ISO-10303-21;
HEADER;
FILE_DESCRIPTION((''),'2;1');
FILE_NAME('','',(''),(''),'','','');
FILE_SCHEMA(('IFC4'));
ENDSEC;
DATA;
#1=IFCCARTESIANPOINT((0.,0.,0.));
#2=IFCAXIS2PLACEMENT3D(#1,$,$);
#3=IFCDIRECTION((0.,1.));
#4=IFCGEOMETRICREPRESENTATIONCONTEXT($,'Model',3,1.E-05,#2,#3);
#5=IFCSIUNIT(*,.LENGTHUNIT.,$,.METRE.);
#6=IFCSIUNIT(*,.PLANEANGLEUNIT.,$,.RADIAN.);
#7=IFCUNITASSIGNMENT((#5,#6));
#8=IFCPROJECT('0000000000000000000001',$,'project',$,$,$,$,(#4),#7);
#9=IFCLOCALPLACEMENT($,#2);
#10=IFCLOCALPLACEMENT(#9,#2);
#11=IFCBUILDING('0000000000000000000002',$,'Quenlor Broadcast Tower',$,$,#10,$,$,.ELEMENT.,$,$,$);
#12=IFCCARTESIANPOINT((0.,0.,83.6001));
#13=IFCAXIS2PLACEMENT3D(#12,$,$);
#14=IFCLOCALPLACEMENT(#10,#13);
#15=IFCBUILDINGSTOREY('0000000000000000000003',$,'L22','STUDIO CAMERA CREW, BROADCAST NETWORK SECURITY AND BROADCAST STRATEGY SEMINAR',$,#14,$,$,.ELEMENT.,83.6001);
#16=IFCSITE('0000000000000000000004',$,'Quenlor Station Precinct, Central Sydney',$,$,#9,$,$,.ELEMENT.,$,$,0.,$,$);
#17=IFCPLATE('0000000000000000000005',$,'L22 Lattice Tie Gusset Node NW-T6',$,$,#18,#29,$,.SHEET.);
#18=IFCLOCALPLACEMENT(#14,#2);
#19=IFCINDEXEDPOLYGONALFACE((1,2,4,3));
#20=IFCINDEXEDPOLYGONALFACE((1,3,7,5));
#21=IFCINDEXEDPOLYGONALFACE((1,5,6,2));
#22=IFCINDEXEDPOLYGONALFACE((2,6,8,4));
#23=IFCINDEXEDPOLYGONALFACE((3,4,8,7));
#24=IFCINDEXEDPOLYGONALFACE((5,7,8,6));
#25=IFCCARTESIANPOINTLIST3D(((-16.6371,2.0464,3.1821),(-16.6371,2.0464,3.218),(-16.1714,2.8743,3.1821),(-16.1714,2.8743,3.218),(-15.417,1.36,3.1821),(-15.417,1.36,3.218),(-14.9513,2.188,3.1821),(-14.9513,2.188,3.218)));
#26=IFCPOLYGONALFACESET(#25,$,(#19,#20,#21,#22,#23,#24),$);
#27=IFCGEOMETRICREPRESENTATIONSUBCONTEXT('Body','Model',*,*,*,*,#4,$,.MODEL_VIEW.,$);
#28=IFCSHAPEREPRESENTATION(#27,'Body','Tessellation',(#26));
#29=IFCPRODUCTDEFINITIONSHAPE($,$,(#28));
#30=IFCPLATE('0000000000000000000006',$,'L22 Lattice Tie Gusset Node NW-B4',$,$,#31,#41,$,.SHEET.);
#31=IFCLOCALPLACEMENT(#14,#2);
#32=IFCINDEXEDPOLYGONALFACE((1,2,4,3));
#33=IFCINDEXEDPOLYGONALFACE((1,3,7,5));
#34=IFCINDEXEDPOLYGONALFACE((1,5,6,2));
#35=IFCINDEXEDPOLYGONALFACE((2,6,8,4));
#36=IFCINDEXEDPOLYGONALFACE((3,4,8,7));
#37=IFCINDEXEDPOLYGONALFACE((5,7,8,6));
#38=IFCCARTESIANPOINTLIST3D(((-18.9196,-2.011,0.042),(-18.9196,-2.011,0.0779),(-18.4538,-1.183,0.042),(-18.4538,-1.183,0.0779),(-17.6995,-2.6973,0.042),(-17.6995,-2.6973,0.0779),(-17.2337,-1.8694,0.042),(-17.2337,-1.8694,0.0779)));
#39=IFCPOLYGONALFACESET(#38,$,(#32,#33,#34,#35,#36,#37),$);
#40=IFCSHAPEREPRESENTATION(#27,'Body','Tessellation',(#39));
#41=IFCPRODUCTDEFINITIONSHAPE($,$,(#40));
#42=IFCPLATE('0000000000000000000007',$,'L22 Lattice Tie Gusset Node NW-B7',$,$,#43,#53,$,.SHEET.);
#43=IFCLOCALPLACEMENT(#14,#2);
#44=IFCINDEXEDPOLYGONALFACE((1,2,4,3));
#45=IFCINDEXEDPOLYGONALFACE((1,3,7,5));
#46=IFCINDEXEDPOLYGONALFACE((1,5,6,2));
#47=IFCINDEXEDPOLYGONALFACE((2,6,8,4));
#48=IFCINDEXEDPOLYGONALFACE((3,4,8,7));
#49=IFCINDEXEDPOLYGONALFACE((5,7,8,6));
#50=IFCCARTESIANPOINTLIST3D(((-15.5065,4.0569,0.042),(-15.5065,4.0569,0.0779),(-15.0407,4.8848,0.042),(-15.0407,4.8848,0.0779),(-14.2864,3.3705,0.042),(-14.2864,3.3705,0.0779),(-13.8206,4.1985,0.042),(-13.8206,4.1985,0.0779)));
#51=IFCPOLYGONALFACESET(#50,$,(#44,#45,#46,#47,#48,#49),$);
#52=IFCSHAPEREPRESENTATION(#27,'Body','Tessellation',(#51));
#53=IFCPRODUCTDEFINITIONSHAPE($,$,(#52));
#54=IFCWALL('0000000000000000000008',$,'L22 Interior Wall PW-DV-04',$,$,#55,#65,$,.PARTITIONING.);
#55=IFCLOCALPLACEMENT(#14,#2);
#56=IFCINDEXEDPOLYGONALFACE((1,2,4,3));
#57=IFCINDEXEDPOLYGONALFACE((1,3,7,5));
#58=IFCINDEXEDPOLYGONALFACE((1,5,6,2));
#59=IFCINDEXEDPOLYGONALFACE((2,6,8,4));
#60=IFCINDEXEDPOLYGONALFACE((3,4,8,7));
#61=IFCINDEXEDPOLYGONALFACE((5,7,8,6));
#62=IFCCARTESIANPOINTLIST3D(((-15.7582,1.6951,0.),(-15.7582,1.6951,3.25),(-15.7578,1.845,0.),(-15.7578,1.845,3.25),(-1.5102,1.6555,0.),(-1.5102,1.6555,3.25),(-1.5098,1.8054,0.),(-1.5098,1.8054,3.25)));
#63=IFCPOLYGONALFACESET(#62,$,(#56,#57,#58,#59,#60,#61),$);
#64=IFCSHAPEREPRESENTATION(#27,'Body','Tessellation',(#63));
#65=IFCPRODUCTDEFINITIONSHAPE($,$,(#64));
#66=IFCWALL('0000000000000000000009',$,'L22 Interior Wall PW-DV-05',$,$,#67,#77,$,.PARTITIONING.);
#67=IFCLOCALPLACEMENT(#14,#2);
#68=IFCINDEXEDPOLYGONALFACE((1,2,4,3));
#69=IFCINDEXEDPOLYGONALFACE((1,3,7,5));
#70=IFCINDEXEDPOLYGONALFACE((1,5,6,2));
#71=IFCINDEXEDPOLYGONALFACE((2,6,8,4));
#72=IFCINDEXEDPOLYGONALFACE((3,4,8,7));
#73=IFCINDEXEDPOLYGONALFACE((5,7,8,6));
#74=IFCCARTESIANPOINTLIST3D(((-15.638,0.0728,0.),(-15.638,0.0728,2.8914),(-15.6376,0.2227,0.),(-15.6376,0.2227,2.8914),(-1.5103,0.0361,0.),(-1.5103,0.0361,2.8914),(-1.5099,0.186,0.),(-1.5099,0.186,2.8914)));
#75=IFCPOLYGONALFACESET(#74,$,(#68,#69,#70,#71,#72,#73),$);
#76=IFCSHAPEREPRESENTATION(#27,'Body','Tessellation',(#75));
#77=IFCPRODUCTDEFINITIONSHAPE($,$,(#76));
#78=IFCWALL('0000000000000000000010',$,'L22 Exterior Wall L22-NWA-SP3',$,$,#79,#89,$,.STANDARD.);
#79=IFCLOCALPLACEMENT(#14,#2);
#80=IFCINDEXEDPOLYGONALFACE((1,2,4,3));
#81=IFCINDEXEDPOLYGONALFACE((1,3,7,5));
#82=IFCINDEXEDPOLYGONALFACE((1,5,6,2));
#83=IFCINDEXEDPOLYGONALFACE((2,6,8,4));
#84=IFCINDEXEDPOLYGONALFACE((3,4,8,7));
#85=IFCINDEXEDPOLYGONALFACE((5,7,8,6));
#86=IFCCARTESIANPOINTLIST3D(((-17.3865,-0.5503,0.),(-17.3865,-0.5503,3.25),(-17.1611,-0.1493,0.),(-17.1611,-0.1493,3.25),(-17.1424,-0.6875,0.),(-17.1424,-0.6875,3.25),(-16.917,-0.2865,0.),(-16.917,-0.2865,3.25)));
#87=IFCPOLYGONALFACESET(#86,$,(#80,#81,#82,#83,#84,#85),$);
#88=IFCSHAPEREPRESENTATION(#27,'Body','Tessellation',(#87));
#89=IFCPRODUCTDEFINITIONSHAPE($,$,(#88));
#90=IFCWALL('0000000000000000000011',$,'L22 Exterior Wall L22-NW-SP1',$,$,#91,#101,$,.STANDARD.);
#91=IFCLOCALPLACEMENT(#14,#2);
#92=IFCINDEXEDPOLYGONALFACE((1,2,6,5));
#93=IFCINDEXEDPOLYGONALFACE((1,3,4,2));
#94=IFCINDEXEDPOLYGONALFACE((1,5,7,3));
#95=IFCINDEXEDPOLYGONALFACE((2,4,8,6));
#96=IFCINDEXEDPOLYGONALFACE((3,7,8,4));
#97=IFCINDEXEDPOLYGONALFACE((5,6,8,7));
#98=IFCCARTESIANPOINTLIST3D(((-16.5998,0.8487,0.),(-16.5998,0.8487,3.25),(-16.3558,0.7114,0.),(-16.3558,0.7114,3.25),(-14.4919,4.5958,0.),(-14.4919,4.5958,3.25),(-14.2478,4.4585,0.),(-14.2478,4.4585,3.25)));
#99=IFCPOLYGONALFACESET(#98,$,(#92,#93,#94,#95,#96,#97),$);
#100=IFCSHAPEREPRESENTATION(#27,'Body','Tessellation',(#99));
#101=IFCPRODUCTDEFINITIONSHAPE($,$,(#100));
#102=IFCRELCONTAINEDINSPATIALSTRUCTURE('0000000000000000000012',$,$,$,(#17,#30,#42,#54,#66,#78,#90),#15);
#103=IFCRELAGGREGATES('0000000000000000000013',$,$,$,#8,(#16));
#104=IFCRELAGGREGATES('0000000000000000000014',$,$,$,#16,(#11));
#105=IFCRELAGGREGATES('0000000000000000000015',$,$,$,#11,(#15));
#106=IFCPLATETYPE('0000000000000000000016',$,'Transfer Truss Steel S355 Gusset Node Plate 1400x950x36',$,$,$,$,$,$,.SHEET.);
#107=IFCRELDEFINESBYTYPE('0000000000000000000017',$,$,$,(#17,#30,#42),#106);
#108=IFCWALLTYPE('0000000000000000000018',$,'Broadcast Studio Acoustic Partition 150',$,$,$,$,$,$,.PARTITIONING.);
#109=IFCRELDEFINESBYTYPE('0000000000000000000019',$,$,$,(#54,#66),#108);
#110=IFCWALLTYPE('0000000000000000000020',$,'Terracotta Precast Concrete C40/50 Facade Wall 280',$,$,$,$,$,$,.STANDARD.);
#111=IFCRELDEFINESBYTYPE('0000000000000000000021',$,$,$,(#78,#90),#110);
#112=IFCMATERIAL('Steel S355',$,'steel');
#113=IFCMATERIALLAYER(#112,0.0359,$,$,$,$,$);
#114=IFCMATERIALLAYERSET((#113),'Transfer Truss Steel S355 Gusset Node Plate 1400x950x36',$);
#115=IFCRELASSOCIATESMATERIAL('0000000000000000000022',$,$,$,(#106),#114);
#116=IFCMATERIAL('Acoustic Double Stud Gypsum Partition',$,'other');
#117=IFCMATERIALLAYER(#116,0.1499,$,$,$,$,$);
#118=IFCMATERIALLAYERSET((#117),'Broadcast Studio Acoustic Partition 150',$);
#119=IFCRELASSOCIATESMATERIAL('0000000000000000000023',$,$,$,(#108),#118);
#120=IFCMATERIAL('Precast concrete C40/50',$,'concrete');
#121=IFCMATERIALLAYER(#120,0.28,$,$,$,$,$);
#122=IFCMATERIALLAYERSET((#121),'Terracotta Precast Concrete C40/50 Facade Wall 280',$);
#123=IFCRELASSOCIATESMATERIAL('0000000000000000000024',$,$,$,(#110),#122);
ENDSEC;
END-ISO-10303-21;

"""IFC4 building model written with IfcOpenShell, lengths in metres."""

from ifc_helpers import new_model, si_unit, direction, frame, frame_2d, origin, origin_2d, place, context, subcontext, project, spatial, rectangle, extrude, material, layer, layer_set, type_object, element, save


model = new_model("IFC4")

# Units and contexts
model_context = context("Model", 3, precision=1e-05, world=origin(), true_north=direction((0.0, 1.0)))
body_context = subcontext(model_context, "Body", "Model", "MODEL_VIEW")
ifc_project = project(units=[si_unit("LENGTHUNIT", "METRE"), si_unit("PLANEANGLEUNIT", "RADIAN")], contexts=[model_context])

# Site, building, storey
site_placement = place(None, origin())
site = spatial("IfcSite", under=ifc_project, at=site_placement, Name="Quenlor Station Precinct, Central Sydney", CompositionType="ELEMENT", RefElevation=0.0)
building_placement = place(site_placement, origin())
building = spatial("IfcBuilding", under=site, at=building_placement, Name="Quenlor Broadcast Tower", CompositionType="ELEMENT")
storey_placement = place(building_placement, frame((0.0, 0.0, 83.6001)))
storey = spatial("IfcBuildingStorey", under=building, at=storey_placement, Name="L22", Description="STUDIO CAMERA CREW, BROADCAST NETWORK SECURITY AND BROADCAST STRATEGY SEMINAR", CompositionType="ELEMENT", Elevation=83.6001)

# Plates
ifc_material_1 = material(Name="Steel S355", Category="steel")
ifc_layer_1 = layer(ifc_material_1, 0.0359)
ifc_layer_set_1 = layer_set([ifc_layer_1], Name="Transfer Truss Steel S355 Gusset Node Plate 1400x950x36")
plate_type_1 = type_object("IfcPlateType", Name="Transfer Truss Steel S355 Gusset Node Plate 1400x950x36", PredefinedType="SHEET", material=ifc_layer_set_1)
for number, where, z_axis, x_axis, name in (
    (1, (-15.7942, 2.1172, 3.1821), (0.0, 0.0, 1.0), (-0.871556, 0.490295, 0.0), "L22 Lattice Tie Gusset Node NW-T6"),
    (2, (-18.0767, -1.9402, 0.042), (0.0, 0.0, 1.0), (-0.871556, 0.490295, 0.0), "L22 Lattice Tie Gusset Node NW-B4"),
    (3, (-14.6636, 4.1277, 0.042), (0.0, 0.0, 1.0), (-0.871556, 0.490295, 0.0), "L22 Lattice Tie Gusset Node NW-B7"),
):
    element("IfcPlate", number, at=place(storey_placement, frame(where, z_axis=z_axis, x_axis=x_axis)), inside=storey, type_object=plate_type_1, Name=name, PredefinedType="SHEET", context=body_context, shape_type="SweptSolid", body=[
        extrude(rectangle(XDim=1.3999, YDim=0.95, at=origin_2d()), origin(), (0.0, 0.0, 1.0), 0.0359),
    ])

# Walls
ifc_material_2 = material(Name="Acoustic Double Stud Gypsum Partition", Category="other")
ifc_layer_2 = layer(ifc_material_2, 0.1499)
ifc_layer_set_2 = layer_set([ifc_layer_2], Name="Broadcast Studio Acoustic Partition 150")
wall_type_1 = type_object("IfcWallType", Name="Broadcast Studio Acoustic Partition 150", PredefinedType="PARTITIONING", material=ifc_layer_set_2)
wall_1_placement = place(storey_placement, frame((-1.51, 1.7305, 0.0), z_axis=(0.0, 0.0, 1.0), x_axis=(-0.999996, 0.002776, 0.0)))
element("IfcWall", 4, at=wall_1_placement, inside=storey, type_object=wall_type_1, Name="L22 Interior Wall PW-DV-04", PredefinedType="PARTITIONING", context=body_context, shape_type="SweptSolid", body=[
    extrude(rectangle(XDim=14.248, YDim=0.1499, at=frame_2d((7.124, 0.0))), origin(), (0.0, 0.0, 1.0), 3.25),
])
wall_2_placement = place(storey_placement, frame((-1.51, 0.1111, 0.0), z_axis=(0.0, 0.0, 1.0), x_axis=(-0.999997, 0.002592, 0.0)))
element("IfcWall", 5, at=wall_2_placement, inside=storey, type_object=wall_type_1, Name="L22 Interior Wall PW-DV-05", PredefinedType="PARTITIONING", context=body_context, shape_type="SweptSolid", body=[
    extrude(rectangle(XDim=14.1277, YDim=0.1499, at=frame_2d((7.064, 0.0))), origin(), (0.0, 0.0, 1.0), 2.8914),
])
ifc_material_3 = material(Name="Precast concrete C40/50", Category="concrete")
ifc_layer_3 = layer(ifc_material_3, 0.28)
ifc_layer_set_3 = layer_set([ifc_layer_3], Name="Terracotta Precast Concrete C40/50 Facade Wall 280")
wall_type_2 = type_object("IfcWallType", Name="Terracotta Precast Concrete C40/50 Facade Wall 280", PredefinedType="STANDARD", material=ifc_layer_set_3)
wall_3_placement = place(storey_placement, frame((-17.2644, -0.6189, 0.0), z_axis=(0.0, 0.0, 1.0), x_axis=(0.490009, 0.871717, 0.0)))
element("IfcWall", 6, at=wall_3_placement, inside=storey, type_object=wall_type_2, Name="L22 Exterior Wall L22-NWA-SP3", PredefinedType="STANDARD", context=body_context, shape_type="SweptSolid", body=[
    extrude(rectangle(XDim=0.46, YDim=0.28, at=frame_2d((0.23, 0.0))), origin(), (0.0, 0.0, 1.0), 3.25),
])
wall_4_placement = place(storey_placement, frame((-16.4778, 0.78, 0.0), z_axis=(0.0, 0.0, 1.0), x_axis=(0.490294, 0.871557, 0.0)))
element("IfcWall", 7, at=wall_4_placement, inside=storey, type_object=wall_type_2, Name="L22 Exterior Wall L22-NW-SP1", PredefinedType="STANDARD", context=body_context, shape_type="SweptSolid", body=[
    extrude(rectangle(XDim=4.2993, YDim=0.28, at=frame_2d((2.1497, 0.0))), origin(), (0.0, 0.0, 1.0), 3.25),
])

save(model, "model.ifc")
